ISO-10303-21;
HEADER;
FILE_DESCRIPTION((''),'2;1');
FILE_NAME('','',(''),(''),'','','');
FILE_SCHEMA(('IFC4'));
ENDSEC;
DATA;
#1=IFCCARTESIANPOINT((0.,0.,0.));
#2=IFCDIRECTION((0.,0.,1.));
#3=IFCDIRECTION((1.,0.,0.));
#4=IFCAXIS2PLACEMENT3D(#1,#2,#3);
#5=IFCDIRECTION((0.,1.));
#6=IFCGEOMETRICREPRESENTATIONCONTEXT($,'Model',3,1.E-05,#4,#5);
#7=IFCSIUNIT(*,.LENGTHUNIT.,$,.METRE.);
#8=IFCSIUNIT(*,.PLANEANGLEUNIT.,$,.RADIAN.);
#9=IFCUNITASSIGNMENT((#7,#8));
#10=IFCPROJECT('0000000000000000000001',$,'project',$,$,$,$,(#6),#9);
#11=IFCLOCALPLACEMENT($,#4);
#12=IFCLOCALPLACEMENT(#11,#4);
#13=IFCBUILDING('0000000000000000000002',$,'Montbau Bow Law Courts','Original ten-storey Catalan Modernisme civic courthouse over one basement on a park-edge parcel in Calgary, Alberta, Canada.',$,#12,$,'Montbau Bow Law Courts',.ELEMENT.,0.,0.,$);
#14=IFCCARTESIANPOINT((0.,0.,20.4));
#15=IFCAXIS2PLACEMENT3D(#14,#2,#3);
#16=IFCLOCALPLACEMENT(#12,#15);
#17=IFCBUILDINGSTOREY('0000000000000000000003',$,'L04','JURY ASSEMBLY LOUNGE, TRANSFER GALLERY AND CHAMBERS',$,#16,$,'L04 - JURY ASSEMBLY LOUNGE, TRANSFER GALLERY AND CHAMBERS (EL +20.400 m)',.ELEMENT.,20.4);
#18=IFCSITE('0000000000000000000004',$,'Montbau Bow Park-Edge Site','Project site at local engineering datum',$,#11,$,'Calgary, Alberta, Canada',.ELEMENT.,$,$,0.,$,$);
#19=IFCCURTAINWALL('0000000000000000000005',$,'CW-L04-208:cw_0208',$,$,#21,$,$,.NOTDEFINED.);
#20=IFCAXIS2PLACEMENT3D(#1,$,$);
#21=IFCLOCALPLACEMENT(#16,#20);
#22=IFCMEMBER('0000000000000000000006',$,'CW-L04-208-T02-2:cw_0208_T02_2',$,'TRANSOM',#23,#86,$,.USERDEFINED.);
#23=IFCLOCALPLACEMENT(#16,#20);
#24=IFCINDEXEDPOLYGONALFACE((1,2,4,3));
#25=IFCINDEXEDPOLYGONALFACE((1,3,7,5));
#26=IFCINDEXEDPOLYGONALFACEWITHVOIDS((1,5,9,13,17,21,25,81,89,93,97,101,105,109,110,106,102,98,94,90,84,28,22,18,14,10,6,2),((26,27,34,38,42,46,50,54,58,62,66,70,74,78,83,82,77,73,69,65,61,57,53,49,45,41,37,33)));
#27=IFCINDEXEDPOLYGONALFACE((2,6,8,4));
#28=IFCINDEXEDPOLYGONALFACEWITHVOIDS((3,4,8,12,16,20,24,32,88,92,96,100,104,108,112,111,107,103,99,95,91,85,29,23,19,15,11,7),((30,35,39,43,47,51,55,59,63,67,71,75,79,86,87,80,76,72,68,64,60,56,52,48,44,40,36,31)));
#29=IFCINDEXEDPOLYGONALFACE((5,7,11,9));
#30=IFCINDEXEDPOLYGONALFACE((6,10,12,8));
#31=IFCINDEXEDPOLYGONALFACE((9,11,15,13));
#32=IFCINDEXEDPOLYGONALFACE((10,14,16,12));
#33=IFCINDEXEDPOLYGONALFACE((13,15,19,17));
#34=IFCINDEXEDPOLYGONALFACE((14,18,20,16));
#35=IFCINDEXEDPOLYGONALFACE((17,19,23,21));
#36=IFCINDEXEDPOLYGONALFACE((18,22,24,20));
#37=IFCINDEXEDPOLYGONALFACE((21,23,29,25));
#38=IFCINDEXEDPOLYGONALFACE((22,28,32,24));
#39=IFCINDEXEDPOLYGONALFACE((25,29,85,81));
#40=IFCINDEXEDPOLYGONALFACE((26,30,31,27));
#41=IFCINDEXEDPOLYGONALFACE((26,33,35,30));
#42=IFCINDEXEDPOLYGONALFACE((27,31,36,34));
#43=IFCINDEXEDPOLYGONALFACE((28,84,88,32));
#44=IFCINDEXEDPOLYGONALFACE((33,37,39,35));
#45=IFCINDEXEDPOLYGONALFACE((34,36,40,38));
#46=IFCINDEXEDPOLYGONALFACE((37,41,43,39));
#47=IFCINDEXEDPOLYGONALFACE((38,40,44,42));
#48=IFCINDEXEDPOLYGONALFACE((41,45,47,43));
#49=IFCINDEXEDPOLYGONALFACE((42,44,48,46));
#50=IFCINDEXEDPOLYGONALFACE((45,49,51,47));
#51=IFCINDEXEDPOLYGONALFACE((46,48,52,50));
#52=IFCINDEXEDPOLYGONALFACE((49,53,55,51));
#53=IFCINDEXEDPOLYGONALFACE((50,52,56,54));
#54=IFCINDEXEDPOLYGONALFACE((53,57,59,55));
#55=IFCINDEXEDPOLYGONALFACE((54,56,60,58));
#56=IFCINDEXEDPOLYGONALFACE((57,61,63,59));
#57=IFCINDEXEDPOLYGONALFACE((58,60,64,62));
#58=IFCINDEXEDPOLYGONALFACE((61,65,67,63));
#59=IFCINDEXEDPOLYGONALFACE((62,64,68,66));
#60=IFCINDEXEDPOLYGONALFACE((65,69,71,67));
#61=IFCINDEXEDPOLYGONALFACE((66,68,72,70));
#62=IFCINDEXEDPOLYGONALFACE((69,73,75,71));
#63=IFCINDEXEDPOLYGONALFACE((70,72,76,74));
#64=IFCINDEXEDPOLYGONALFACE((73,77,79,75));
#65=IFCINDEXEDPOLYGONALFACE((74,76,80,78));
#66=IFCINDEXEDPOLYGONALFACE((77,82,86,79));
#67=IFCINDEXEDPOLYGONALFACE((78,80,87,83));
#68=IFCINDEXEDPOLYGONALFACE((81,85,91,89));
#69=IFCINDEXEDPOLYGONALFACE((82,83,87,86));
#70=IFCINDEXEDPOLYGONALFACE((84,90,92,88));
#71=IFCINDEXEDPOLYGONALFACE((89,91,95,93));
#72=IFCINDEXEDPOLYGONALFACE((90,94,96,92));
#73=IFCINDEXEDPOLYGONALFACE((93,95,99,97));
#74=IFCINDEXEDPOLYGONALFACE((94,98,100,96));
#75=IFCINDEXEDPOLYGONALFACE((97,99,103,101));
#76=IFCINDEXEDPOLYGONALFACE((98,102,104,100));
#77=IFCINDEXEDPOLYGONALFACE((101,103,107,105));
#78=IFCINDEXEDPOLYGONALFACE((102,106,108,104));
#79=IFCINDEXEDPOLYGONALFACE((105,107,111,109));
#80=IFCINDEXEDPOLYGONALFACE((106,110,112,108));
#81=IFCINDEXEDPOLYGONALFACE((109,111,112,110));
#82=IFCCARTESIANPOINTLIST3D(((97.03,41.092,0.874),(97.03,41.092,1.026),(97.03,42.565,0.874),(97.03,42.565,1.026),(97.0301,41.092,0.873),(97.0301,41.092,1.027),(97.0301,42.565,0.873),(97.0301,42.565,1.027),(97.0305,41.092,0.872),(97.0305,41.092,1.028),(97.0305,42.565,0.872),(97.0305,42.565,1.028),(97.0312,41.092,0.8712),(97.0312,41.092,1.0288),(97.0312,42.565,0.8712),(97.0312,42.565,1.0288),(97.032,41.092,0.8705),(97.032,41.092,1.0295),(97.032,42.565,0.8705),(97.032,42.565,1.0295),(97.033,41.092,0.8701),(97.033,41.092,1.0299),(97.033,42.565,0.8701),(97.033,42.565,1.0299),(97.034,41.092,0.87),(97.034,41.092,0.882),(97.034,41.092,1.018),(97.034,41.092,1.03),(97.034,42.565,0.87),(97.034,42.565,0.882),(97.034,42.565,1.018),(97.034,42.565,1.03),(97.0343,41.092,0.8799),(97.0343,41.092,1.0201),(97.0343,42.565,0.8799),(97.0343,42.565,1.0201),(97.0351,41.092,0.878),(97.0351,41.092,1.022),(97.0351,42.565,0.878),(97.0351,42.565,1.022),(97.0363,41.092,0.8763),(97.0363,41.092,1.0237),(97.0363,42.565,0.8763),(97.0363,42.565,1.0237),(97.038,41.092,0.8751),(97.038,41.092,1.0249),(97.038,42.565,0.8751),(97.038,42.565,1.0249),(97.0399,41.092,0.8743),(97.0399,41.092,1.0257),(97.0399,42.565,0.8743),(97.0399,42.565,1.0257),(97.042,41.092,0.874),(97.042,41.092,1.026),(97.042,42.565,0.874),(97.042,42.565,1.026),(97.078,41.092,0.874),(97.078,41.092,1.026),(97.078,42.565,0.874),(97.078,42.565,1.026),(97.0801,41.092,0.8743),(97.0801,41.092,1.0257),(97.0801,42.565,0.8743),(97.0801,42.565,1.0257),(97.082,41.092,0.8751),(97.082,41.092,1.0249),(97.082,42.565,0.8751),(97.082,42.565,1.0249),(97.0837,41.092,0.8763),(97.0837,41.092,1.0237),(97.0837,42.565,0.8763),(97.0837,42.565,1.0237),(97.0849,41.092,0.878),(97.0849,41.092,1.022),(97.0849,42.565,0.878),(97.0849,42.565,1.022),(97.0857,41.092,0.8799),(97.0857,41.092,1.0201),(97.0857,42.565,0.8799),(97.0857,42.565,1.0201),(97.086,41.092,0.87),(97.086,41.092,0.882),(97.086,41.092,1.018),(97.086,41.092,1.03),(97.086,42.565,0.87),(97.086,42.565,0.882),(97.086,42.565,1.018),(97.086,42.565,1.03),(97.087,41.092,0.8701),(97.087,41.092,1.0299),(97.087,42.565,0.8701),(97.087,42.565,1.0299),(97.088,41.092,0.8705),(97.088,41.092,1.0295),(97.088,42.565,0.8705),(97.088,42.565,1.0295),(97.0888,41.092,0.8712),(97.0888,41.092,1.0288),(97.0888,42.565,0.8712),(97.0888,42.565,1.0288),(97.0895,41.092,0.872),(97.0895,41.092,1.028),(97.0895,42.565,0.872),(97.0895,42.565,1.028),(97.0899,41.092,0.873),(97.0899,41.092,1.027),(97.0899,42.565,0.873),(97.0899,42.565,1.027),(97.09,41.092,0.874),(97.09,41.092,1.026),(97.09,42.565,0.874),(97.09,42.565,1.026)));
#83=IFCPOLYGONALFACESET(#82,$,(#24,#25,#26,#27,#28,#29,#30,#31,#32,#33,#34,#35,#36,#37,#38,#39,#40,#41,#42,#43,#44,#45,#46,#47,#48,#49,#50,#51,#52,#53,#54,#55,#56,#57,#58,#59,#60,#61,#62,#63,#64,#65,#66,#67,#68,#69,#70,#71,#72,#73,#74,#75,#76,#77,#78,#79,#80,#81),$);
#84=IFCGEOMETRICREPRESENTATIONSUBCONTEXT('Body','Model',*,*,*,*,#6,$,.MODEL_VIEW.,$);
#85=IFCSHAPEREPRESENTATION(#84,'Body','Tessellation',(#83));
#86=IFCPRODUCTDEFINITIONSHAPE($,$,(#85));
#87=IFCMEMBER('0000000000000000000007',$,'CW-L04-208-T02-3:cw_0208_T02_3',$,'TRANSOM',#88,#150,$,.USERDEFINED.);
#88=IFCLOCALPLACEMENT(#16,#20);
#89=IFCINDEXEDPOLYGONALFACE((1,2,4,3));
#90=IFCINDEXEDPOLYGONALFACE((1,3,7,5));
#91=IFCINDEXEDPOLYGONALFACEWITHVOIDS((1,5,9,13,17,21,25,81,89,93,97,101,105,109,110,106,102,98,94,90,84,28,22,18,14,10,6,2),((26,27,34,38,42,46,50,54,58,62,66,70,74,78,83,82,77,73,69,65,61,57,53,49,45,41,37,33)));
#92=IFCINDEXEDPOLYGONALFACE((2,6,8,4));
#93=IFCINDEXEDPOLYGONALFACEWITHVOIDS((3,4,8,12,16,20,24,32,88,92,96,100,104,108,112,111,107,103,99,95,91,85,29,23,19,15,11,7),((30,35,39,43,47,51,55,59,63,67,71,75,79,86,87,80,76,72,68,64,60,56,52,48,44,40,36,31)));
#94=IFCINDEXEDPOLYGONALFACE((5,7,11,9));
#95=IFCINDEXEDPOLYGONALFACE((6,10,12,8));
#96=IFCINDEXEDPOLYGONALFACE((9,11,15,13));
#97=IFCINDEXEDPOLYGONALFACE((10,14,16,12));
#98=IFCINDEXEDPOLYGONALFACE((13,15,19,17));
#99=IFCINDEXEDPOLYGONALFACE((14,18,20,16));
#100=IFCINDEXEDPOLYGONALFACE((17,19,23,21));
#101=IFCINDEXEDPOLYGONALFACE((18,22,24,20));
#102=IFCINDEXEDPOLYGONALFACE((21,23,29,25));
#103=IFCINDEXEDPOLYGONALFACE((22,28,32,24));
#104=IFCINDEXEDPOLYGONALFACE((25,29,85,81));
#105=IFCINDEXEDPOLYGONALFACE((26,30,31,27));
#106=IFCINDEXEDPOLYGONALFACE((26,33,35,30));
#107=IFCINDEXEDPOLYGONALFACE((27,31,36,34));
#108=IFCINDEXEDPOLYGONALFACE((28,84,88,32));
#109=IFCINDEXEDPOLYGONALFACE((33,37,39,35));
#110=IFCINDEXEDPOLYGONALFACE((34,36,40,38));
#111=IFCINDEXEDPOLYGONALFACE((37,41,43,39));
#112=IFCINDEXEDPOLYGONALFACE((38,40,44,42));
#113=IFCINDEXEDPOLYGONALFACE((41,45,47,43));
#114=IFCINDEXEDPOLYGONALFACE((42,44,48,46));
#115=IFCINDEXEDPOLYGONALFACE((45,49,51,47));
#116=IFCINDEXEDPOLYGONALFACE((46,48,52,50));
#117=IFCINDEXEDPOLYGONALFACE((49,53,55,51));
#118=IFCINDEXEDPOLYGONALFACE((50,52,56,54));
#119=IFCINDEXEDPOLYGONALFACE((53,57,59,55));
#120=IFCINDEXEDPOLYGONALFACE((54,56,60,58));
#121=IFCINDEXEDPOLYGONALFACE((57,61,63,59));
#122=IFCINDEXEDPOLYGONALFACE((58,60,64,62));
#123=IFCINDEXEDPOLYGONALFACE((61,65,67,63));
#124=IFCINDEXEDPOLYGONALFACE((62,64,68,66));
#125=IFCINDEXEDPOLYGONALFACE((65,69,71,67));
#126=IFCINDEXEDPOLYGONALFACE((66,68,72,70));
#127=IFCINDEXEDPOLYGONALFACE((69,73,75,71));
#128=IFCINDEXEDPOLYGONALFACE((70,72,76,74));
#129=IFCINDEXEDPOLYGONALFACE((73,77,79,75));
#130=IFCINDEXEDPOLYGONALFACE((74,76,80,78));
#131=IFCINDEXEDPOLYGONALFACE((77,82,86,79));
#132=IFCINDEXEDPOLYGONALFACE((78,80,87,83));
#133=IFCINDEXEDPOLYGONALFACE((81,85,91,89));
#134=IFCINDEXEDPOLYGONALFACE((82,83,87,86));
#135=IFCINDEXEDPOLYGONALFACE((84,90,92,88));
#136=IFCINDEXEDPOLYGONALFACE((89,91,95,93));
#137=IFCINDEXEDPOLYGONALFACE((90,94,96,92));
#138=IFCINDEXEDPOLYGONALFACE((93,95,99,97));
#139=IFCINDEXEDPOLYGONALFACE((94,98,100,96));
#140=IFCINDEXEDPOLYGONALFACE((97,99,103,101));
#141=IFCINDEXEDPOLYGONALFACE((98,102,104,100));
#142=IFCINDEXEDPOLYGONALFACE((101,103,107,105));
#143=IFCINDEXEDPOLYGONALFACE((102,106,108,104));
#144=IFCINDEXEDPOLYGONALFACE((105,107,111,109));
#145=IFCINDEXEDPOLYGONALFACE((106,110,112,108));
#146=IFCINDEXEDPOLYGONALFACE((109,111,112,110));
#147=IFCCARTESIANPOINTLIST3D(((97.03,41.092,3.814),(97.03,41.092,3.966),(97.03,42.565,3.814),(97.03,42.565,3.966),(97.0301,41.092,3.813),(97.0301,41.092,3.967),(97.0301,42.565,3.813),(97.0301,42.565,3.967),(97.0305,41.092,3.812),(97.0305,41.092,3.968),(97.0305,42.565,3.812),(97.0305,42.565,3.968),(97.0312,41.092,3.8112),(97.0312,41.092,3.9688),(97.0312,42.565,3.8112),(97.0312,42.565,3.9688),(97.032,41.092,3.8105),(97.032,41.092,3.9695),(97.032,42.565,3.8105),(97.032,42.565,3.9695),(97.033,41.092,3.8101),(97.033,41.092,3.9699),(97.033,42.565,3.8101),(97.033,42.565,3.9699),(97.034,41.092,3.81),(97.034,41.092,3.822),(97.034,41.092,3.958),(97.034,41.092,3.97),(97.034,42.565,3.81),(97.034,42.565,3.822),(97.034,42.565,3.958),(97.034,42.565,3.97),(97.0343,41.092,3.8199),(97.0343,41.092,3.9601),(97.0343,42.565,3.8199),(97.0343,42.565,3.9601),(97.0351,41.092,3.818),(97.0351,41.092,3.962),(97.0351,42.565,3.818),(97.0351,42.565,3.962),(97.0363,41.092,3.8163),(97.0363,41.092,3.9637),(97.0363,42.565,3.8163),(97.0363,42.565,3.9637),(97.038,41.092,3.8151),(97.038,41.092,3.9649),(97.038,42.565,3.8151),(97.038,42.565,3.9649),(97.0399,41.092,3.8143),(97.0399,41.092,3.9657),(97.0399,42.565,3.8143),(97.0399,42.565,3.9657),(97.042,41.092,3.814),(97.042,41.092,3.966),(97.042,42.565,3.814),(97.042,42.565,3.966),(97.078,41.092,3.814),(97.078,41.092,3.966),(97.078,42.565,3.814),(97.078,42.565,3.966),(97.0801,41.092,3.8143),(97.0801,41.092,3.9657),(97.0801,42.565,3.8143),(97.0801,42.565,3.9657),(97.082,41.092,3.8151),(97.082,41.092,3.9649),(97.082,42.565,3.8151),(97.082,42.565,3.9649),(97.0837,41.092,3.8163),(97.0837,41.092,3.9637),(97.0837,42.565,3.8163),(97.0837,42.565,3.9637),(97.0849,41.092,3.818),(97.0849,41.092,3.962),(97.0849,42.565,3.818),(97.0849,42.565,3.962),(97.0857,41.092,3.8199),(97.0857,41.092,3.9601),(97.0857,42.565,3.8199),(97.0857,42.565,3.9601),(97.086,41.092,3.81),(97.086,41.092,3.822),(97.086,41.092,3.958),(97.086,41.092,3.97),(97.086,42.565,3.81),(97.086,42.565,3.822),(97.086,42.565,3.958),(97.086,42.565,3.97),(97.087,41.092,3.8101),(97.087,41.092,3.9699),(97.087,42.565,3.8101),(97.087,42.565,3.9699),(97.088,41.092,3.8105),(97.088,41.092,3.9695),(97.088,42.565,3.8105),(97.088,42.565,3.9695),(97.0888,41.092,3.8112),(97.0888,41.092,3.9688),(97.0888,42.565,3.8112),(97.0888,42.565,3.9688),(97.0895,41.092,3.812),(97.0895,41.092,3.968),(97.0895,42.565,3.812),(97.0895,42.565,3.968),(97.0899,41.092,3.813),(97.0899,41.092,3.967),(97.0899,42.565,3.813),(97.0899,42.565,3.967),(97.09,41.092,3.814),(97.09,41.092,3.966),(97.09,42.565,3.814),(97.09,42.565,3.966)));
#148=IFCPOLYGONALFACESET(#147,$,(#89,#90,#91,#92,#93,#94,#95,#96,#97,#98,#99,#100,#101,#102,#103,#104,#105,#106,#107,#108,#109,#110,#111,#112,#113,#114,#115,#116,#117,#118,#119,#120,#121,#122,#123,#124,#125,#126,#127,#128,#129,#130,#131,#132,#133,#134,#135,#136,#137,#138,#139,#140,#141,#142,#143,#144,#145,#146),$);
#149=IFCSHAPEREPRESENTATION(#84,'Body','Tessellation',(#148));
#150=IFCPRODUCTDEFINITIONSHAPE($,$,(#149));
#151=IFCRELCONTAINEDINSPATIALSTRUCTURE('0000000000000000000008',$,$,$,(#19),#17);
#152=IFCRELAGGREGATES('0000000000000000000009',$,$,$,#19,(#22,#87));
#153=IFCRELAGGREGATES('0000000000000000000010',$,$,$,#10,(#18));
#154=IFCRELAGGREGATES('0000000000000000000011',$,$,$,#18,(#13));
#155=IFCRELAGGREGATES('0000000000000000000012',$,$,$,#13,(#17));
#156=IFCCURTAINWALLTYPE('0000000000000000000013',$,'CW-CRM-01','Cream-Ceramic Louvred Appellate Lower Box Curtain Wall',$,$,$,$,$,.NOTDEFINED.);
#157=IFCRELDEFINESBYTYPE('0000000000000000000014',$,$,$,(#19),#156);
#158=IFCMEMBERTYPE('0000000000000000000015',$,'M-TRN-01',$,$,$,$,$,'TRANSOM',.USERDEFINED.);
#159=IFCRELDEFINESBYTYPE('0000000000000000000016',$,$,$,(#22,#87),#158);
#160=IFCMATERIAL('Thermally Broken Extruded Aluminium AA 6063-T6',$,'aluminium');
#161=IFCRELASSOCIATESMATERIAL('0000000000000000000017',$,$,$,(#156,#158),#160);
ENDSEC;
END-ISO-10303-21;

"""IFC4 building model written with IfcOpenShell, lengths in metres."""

from ifc_helpers import new_model, si_unit, direction, frame, origin_with_axes, origin_2d_with_axis, place, context, subcontext, project, spatial, hollow_rectangle, extrude, material, material_profile, profile_set, type_object, element, aggregate, save


model = new_model("IFC4")

# Units and contexts
model_context = context("Model", 3, precision=1e-05, world=origin_with_axes(), true_north=direction((0.0, 1.0)))
body_context = subcontext(model_context, "Body", "Model", "MODEL_VIEW")
ifc_project = project(units=[si_unit("LENGTHUNIT", "METRE"), si_unit("PLANEANGLEUNIT", "RADIAN")], contexts=[model_context])

# Site, building, storey
site_placement = place(None, origin_with_axes())
site = spatial("IfcSite", under=ifc_project, at=site_placement, Name="Montbau Bow Park-Edge Site", Description="Project site at local engineering datum", LongName="Calgary, Alberta, Canada", CompositionType="ELEMENT", RefElevation=0.0)
building_placement = place(site_placement, origin_with_axes())
building = spatial("IfcBuilding", under=site, at=building_placement, Name="Montbau Bow Law Courts", Description="Original ten-storey Catalan Modernisme civic courthouse over one basement on a park-edge parcel in Calgary, Alberta, Canada.", LongName="Montbau Bow Law Courts", CompositionType="ELEMENT", ElevationOfRefHeight=0.0, ElevationOfTerrain=0.0)
storey_placement = place(building_placement, frame((0.0, 0.0, 20.4), z_axis=(0.0, 0.0, 1.0), x_axis=(1.0, 0.0, 0.0)))
storey = spatial("IfcBuildingStorey", under=building, at=storey_placement, Name="L04", Description="JURY ASSEMBLY LOUNGE, TRANSFER GALLERY AND CHAMBERS", LongName="L04 - JURY ASSEMBLY LOUNGE, TRANSFER GALLERY AND CHAMBERS (EL +20.400 m)", CompositionType="ELEMENT", Elevation=20.4)

# Curtain wall
ifc_material_1 = material(Name="Thermally Broken Extruded Aluminium AA 6063-T6", Category="aluminium")
curtain_wall_type = type_object("IfcCurtainWallType", Name="CW-CRM-01", Description="Cream-Ceramic Louvred Appellate Lower Box Curtain Wall", PredefinedType="NOTDEFINED", material=ifc_material_1)
curtain_wall_1_placement = place(None, frame((97.06, 39.515, 20.4), z_axis=(0.0, 0.0, 1.0), x_axis=(1.0, 0.0, 0.0)))
curtain_wall_1 = element("IfcCurtainWall", 1, at=curtain_wall_1_placement, inside=storey, type_object=curtain_wall_type, Name="CW-L04-208:cw_0208", PredefinedType="NOTDEFINED")

# Members
ifc_material_profile_1 = material_profile(ifc_material_1, hollow_rectangle(XDim=0.06, YDim=0.16, WallThickness=0.004, InnerFilletRadius=0.008, OuterFilletRadius=0.004, at=origin_2d_with_axis()), Name="CWT-160X60", Category="Main", Priority=0)
ifc_profile_set_1 = profile_set([ifc_material_profile_1], Name="Thermally Broken Extruded Aluminium AA 6063-T6")
member_type_1 = type_object("IfcMemberType", Name="M-TRN-01", ElementType="TRANSOM", PredefinedType="USERDEFINED", material=ifc_profile_set_1)
member_1_placement = place(None, frame((97.06, 41.092, 21.35), z_axis=(0.0, 1.0, 0.0), x_axis=(-1.0, 0.0, 0.0)))
member_1 = element("IfcMember", 2, at=member_1_placement, type_object=member_type_1, Name="CW-L04-208-T02-2:cw_0208_T02_2", ObjectType="TRANSOM", PredefinedType="USERDEFINED", context=body_context, shape_type="SweptSolid", body=[
    extrude(hollow_rectangle(XDim=0.06, YDim=0.16, WallThickness=0.004, InnerFilletRadius=0.008, OuterFilletRadius=0.004, at=origin_2d_with_axis()), origin_with_axes(), (0.0, 0.0, 1.0), 1.473),
])
member_2_placement = place(None, frame((97.06, 41.092, 24.29), z_axis=(0.0, 1.0, 0.0), x_axis=(-1.0, 0.0, 0.0)))
member_2 = element("IfcMember", 3, at=member_2_placement, type_object=member_type_1, Name="CW-L04-208-T02-3:cw_0208_T02_3", ObjectType="TRANSOM", PredefinedType="USERDEFINED", context=body_context, shape_type="SweptSolid", body=[
    extrude(hollow_rectangle(XDim=0.06, YDim=0.16, WallThickness=0.004, InnerFilletRadius=0.008, OuterFilletRadius=0.004, at=origin_2d_with_axis()), origin_with_axes(), (0.0, 0.0, 1.0), 1.473),
])

aggregate(curtain_wall_1, [member_1, member_2])

save(model, "model.ifc")
